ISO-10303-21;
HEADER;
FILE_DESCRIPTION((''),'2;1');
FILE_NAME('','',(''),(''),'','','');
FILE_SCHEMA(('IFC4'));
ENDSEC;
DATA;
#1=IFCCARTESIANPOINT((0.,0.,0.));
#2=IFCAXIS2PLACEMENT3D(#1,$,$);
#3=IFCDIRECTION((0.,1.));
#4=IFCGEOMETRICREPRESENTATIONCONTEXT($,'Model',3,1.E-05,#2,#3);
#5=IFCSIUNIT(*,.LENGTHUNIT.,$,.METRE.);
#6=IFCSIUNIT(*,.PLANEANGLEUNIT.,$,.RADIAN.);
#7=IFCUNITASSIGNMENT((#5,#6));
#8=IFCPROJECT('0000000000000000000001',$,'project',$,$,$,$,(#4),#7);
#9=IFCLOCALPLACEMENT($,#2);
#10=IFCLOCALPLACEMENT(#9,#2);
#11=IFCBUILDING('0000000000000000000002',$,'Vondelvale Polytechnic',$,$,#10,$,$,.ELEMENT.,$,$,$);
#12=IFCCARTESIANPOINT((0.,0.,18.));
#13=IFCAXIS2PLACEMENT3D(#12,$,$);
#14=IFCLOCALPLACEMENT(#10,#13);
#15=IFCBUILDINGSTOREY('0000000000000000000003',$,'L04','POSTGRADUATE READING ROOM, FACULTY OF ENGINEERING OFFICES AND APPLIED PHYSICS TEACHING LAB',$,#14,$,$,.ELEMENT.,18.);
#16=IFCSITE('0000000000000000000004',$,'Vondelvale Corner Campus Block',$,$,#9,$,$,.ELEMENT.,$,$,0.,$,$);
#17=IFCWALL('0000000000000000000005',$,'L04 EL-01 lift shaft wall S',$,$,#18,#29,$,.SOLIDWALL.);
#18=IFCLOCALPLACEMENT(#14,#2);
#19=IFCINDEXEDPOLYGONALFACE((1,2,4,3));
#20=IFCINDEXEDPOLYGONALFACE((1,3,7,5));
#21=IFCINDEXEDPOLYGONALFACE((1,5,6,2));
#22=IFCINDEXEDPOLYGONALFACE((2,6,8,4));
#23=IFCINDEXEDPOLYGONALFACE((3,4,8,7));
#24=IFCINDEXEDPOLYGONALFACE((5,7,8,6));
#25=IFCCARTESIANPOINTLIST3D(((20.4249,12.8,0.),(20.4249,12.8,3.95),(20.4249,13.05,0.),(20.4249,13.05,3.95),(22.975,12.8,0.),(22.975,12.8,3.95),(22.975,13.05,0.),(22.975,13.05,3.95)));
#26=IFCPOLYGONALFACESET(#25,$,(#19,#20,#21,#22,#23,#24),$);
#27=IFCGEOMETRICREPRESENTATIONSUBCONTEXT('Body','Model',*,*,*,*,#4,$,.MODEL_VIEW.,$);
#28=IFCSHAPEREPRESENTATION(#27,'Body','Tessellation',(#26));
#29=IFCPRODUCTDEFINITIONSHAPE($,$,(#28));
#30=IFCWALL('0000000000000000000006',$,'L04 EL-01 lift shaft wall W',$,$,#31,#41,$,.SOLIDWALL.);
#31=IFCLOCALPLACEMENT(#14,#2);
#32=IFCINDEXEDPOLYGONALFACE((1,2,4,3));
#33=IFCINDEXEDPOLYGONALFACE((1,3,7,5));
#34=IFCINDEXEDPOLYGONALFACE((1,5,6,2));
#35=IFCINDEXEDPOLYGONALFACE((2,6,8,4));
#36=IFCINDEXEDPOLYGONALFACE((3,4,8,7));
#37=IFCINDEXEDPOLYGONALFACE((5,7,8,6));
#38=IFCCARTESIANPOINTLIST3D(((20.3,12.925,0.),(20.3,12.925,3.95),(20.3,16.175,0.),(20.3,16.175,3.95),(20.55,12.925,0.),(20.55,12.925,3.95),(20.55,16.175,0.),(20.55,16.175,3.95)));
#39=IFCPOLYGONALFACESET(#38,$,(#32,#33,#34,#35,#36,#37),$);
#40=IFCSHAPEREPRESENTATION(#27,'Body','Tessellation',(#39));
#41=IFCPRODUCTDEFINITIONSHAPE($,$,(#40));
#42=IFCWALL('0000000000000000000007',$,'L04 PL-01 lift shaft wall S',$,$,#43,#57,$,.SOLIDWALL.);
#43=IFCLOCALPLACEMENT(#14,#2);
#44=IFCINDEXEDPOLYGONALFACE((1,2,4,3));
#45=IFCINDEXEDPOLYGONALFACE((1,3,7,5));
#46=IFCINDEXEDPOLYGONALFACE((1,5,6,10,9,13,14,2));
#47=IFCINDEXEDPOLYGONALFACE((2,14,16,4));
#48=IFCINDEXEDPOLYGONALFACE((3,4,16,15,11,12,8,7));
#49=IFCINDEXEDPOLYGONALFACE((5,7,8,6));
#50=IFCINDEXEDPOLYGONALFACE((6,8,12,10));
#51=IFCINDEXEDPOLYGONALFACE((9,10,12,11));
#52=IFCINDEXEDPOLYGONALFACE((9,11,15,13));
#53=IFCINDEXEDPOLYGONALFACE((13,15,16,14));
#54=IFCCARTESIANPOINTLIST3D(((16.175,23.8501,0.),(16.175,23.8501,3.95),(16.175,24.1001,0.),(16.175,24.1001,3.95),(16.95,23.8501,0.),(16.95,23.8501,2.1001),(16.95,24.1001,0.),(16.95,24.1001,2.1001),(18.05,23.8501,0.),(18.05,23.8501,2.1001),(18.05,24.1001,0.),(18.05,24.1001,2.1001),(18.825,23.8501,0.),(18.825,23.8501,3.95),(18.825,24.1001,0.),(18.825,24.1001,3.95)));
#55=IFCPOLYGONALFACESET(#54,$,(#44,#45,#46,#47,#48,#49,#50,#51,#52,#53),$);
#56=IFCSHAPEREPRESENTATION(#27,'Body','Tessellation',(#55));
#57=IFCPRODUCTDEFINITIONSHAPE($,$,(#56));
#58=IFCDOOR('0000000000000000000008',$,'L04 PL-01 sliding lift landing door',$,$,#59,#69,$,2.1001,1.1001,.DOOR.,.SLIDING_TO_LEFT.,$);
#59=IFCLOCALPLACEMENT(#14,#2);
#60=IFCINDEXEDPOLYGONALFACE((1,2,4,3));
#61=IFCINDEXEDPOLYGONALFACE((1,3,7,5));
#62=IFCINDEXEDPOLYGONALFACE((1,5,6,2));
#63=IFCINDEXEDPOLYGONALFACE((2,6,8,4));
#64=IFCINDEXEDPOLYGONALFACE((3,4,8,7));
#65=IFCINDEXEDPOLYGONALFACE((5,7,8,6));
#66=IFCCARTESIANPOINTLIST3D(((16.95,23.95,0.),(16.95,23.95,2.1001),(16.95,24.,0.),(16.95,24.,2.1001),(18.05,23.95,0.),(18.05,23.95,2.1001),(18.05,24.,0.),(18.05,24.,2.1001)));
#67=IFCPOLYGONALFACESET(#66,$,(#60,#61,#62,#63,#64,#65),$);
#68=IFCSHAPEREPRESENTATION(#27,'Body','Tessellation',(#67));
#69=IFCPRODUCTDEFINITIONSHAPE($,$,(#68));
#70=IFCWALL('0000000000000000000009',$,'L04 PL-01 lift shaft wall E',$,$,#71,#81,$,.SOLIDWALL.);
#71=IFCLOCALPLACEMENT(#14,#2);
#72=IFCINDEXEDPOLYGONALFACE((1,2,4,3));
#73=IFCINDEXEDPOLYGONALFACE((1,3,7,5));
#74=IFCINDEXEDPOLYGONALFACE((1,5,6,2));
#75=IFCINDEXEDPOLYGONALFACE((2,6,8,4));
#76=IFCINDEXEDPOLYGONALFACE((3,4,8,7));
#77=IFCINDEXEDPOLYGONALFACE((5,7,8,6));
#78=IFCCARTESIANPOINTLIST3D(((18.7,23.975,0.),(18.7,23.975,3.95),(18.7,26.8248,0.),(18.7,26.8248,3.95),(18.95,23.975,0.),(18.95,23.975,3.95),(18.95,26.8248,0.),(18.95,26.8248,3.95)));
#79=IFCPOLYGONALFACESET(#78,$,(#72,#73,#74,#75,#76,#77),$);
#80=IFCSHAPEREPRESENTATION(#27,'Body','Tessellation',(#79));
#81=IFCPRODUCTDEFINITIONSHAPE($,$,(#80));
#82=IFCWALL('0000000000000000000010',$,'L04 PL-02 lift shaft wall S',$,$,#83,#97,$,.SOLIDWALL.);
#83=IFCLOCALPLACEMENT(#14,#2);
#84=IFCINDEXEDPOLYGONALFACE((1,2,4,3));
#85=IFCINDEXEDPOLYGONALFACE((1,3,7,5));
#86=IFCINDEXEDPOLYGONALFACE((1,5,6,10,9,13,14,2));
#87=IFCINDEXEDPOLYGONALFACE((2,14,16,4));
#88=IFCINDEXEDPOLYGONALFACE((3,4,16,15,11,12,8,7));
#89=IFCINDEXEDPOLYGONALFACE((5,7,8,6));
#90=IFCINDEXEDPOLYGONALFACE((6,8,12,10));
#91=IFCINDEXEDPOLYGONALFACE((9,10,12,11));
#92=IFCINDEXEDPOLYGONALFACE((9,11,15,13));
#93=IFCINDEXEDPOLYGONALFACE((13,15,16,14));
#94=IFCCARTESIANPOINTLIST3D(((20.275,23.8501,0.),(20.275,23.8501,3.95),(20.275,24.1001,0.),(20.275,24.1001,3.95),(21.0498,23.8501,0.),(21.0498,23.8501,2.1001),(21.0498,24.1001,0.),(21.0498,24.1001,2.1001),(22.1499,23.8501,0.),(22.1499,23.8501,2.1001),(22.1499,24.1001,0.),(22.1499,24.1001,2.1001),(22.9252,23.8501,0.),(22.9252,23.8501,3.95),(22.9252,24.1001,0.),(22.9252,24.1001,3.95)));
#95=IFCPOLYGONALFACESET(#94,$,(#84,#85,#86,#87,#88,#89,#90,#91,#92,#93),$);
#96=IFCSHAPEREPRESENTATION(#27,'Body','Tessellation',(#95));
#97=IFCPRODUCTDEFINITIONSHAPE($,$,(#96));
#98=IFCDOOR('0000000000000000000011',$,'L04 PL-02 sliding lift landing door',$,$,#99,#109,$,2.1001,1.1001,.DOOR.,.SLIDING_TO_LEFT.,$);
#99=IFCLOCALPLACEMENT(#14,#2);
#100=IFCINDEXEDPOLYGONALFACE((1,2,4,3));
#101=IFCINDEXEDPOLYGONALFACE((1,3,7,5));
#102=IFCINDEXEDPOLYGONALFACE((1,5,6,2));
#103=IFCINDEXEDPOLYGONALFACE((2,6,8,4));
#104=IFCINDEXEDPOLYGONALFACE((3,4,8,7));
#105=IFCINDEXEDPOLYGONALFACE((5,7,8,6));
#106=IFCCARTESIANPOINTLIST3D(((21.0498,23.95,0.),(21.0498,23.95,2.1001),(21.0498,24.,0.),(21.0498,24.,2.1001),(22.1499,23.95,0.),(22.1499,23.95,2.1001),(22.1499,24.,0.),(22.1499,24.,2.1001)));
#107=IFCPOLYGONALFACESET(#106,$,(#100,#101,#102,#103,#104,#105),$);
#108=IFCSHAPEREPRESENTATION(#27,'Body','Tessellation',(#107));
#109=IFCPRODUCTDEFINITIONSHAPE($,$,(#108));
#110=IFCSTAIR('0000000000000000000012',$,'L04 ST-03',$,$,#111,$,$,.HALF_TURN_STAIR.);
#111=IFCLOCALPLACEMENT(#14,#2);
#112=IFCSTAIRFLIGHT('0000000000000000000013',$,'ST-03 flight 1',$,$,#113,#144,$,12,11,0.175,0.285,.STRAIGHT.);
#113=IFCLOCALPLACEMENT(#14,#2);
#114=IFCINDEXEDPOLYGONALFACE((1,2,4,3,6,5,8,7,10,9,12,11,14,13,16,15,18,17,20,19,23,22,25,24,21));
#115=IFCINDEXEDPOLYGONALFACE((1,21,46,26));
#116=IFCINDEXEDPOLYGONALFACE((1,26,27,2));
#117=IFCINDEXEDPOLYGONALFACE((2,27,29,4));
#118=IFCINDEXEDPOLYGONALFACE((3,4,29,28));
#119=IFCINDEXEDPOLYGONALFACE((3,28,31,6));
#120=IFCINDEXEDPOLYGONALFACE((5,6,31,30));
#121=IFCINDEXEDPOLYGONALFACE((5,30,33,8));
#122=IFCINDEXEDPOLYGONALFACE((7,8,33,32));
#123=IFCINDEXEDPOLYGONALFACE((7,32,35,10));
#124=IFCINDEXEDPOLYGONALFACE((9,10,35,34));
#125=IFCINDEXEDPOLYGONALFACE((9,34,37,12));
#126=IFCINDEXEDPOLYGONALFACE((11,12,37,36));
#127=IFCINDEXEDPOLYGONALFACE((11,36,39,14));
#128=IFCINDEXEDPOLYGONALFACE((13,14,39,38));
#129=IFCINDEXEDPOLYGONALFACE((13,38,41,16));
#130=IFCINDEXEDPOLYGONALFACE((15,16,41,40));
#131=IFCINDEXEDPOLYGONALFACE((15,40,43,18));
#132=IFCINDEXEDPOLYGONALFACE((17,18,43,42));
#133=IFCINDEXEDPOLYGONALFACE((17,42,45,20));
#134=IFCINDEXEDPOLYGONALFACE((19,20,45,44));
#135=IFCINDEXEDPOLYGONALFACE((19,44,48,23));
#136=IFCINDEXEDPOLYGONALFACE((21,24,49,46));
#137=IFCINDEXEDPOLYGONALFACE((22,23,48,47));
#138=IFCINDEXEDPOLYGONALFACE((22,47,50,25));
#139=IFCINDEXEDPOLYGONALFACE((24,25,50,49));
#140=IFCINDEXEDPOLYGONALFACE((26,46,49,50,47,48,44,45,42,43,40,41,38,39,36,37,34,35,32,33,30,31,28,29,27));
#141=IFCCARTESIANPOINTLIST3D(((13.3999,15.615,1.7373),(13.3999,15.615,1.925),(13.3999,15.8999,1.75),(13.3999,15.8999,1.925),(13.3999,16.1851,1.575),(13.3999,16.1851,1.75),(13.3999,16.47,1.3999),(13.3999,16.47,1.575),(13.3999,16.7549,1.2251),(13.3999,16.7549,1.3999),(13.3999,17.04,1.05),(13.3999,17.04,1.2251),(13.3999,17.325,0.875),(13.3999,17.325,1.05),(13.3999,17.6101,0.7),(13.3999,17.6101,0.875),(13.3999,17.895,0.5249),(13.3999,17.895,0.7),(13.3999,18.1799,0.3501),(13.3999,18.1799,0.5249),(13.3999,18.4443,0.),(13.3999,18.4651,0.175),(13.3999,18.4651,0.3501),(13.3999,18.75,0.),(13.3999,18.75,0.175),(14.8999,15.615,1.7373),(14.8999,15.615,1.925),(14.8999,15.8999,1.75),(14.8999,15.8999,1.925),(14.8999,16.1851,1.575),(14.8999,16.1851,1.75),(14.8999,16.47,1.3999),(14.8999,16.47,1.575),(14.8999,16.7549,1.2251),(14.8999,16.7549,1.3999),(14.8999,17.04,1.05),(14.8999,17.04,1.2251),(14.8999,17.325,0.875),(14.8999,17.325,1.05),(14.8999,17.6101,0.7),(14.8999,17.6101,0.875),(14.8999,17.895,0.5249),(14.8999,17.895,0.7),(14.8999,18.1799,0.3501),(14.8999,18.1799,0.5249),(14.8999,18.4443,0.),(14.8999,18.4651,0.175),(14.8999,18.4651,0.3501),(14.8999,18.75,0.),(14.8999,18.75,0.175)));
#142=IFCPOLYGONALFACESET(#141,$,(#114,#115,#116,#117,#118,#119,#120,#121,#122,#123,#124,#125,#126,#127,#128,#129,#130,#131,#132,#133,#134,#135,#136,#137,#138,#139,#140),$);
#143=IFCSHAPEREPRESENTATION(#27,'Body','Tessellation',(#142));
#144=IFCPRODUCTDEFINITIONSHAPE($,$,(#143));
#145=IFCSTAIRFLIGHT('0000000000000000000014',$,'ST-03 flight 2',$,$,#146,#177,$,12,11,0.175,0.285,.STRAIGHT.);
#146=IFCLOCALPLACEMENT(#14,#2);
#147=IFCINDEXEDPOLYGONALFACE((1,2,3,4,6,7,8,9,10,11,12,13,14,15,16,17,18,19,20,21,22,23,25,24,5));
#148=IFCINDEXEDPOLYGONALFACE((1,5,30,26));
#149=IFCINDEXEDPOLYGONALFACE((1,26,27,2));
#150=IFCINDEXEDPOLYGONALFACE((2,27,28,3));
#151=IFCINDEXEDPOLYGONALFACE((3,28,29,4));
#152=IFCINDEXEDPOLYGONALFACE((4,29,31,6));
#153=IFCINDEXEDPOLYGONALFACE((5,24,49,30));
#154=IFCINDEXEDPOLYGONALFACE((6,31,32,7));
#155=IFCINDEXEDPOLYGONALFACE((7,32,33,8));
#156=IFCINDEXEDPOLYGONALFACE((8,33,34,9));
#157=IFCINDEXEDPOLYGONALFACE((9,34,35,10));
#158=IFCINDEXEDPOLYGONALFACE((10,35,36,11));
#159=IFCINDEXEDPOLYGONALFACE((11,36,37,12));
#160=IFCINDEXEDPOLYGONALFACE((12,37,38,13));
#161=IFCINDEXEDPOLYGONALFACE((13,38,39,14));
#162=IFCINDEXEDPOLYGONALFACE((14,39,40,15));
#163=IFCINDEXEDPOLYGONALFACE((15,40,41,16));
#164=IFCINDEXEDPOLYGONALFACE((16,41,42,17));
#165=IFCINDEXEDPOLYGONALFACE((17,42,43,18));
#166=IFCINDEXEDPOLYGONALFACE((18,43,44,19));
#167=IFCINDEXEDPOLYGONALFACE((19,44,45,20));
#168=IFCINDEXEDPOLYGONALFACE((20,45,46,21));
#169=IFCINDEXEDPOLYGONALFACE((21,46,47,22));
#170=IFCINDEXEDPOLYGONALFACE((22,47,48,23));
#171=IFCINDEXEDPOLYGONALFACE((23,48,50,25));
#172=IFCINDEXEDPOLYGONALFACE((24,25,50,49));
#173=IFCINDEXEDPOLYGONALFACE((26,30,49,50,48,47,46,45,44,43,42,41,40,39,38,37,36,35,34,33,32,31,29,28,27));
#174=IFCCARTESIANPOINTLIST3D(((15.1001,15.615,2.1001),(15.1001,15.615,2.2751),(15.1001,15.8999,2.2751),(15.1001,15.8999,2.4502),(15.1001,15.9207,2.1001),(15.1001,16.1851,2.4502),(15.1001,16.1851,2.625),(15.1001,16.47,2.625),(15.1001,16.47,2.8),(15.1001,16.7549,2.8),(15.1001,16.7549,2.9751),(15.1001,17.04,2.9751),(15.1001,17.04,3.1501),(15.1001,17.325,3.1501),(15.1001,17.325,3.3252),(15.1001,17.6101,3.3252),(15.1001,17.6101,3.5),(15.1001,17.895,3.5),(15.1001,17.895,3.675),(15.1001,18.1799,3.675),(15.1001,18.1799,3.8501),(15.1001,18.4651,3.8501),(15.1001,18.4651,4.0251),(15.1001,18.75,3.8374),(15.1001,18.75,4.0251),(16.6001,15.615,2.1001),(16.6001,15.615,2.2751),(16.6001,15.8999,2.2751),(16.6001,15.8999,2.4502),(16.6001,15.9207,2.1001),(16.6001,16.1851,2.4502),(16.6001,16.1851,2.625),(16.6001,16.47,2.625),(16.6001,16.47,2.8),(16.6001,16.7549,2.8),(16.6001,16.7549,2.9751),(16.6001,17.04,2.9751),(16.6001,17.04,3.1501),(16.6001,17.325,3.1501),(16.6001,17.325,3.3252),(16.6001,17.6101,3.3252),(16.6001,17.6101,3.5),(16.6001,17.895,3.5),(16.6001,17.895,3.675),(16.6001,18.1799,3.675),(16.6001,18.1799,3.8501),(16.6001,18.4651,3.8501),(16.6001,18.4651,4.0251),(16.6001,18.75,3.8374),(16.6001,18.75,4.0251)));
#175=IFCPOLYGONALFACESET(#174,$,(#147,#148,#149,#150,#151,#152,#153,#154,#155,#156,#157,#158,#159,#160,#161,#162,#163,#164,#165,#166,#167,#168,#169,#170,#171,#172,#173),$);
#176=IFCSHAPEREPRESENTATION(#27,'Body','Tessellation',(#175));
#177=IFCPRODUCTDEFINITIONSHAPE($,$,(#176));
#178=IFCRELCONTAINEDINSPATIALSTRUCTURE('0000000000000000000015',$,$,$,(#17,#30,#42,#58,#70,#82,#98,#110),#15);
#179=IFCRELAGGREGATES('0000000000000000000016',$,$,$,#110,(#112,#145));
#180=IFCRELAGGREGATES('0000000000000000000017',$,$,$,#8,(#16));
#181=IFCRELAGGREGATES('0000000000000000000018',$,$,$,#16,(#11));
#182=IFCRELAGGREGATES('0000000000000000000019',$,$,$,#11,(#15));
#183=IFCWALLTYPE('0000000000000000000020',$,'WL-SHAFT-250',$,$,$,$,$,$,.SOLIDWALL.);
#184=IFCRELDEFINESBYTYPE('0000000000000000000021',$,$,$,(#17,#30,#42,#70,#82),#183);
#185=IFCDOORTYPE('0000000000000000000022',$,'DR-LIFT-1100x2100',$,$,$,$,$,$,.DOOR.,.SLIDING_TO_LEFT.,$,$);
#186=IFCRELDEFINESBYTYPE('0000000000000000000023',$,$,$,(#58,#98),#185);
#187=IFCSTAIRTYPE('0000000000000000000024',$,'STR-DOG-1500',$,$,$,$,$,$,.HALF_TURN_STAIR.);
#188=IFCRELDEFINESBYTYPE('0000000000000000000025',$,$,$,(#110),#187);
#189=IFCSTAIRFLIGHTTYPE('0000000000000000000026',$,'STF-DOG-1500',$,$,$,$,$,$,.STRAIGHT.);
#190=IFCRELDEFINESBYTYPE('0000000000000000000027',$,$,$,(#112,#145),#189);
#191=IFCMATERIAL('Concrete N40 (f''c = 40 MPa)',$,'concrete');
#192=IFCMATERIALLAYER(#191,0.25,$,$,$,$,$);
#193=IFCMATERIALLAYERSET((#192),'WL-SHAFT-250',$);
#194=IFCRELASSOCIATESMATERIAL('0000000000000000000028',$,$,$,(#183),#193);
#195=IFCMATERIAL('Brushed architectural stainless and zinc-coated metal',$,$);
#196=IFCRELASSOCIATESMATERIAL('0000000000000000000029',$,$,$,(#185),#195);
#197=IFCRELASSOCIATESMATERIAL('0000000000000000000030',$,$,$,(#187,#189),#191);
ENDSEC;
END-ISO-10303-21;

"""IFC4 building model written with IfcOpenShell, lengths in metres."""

from ifc_helpers import new_model, si_unit, direction, frame, frame_2d, origin, place, context, subcontext, project, spatial, polyline, rectangle, outline, extrude, material, layer, layer_set, type_object, element, fill, aggregate, save


model = new_model("IFC4")

# Units and contexts
model_context = context("Model", 3, precision=1e-05, world=origin(), true_north=direction((0.0, 1.0)))
body_context = subcontext(model_context, "Body", "Model", "MODEL_VIEW")
ifc_project = project(units=[si_unit("LENGTHUNIT", "METRE"), si_unit("PLANEANGLEUNIT", "RADIAN")], contexts=[model_context])

# Site, building, storey
site_placement = place(None, origin())
site = spatial("IfcSite", under=ifc_project, at=site_placement, Name="Vondelvale Corner Campus Block", CompositionType="ELEMENT", RefElevation=0.0)
building_placement = place(site_placement, origin())
building = spatial("IfcBuilding", under=site, at=building_placement, Name="Vondelvale Polytechnic", CompositionType="ELEMENT")
storey_placement = place(building_placement, frame((0.0, 0.0, 18.0)))
storey = spatial("IfcBuildingStorey", under=building, at=storey_placement, Name="L04", Description="POSTGRADUATE READING ROOM, FACULTY OF ENGINEERING OFFICES AND APPLIED PHYSICS TEACHING LAB", CompositionType="ELEMENT", Elevation=18.0)

# Shared definitions
ifc_material_1 = material(Name="Concrete N40 (f'c = 40 MPa)", Category="concrete")

# Shared definitions
ifc_material_2 = material(Name="Brushed architectural stainless and zinc-coated metal")

# Walls
ifc_layer_1 = layer(ifc_material_1, 0.25)
ifc_layer_set_1 = layer_set([ifc_layer_1], Name="WL-SHAFT-250")
wall_type_1 = type_object("IfcWallType", Name="WL-SHAFT-250", PredefinedType="SOLIDWALL", material=ifc_layer_set_1)
wall_1_placement = place(storey_placement, frame((20.425, 12.925, 0.0), z_axis=(0.0, 0.0, 1.0), x_axis=(1.0, 0.0, 0.0)))
element("IfcWall", 1, at=wall_1_placement, inside=storey, type_object=wall_type_1, Name="L04 EL-01 lift shaft wall S", PredefinedType="SOLIDWALL", context=body_context, shape_type="SweptSolid", body=[
    extrude(rectangle(XDim=2.55, YDim=0.25, at=frame_2d((1.2749, 0.0))), origin(), (0.0, 0.0, 1.0), 3.95),
])
wall_2_placement = place(storey_placement, frame((20.425, 16.175, 0.0), z_axis=(0.0, 0.0, 1.0), x_axis=(0.0, -1.0, 0.0)))
element("IfcWall", 2, at=wall_2_placement, inside=storey, type_object=wall_type_1, Name="L04 EL-01 lift shaft wall W", PredefinedType="SOLIDWALL", context=body_context, shape_type="SweptSolid", body=[
    extrude(rectangle(XDim=3.25, YDim=0.25, at=frame_2d((1.625, 0.0))), origin(), (0.0, 0.0, 1.0), 3.95),
])

# Wall, opening, door
wall_3_placement = place(storey_placement, frame((16.175, 23.9751, 0.0), z_axis=(0.0, 0.0, 1.0), x_axis=(1.0, 0.0, 0.0)))
wall_3 = element("IfcWall", 3, at=wall_3_placement, inside=storey, type_object=wall_type_1, Name="L04 PL-01 lift shaft wall S", PredefinedType="SOLIDWALL", context=body_context, shape_type="SweptSolid", body=[
    extrude(rectangle(XDim=2.6499, YDim=0.25, at=frame_2d((1.325, 0.0))), origin(), (0.0, 0.0, 1.0), 3.95),
])
opening_1_placement = place(wall_3_placement, frame((0.7749, 0.0, 0.0)))
opening_1 = element("IfcOpeningElement", 4, at=opening_1_placement, cuts=wall_3, PredefinedType="OPENING", context=body_context, shape_type="SweptSolid", body=[
    extrude(rectangle(XDim=1.1001, YDim=2.1001, at=frame_2d((0.55, 1.05))), frame((0.0, 0.135, 0.0), z_axis=(0.0, -1.0, 0.0), x_axis=(1.0, 0.0, 0.0)), (0.0, 0.0, 1.0), 0.27),
])
door_type_1 = type_object("IfcDoorType", Name="DR-LIFT-1100x2100", OperationType="SLIDING_TO_LEFT", PredefinedType="DOOR", material=ifc_material_2)
door_1_placement = place(opening_1_placement, origin())
door_1 = element("IfcDoor", 5, at=door_1_placement, inside=storey, type_object=door_type_1, Name="L04 PL-01 sliding lift landing door", OperationType="SLIDING_TO_LEFT", OverallHeight=2.1001, OverallWidth=1.1001, PredefinedType="DOOR", context=body_context, shape_type="SweptSolid", body=[
    extrude(rectangle(XDim=1.1001, YDim=2.1001, at=frame_2d((0.55, 1.05))), frame((0.0, 0.0249, 0.0), z_axis=(0.0, -1.0, 0.0), x_axis=(1.0, 0.0, 0.0)), (0.0, 0.0, 1.0), 0.05),
])
fill(opening_1, door_1)

# Wall
wall_4_placement = place(storey_placement, frame((18.825, 23.9751, 0.0), z_axis=(0.0, 0.0, 1.0), x_axis=(0.0, 1.0, 0.0)))
element("IfcWall", 6, at=wall_4_placement, inside=storey, type_object=wall_type_1, Name="L04 PL-01 lift shaft wall E", PredefinedType="SOLIDWALL", context=body_context, shape_type="SweptSolid", body=[
    extrude(rectangle(XDim=2.8499, YDim=0.25, at=frame_2d((1.4248, 0.0))), origin(), (0.0, 0.0, 1.0), 3.95),
])

# Wall, opening, door
wall_5_placement = place(storey_placement, frame((20.2749, 23.9751, 0.0), z_axis=(0.0, 0.0, 1.0), x_axis=(1.0, 0.0, 0.0)))
wall_5 = element("IfcWall", 7, at=wall_5_placement, inside=storey, type_object=wall_type_1, Name="L04 PL-02 lift shaft wall S", PredefinedType="SOLIDWALL", context=body_context, shape_type="SweptSolid", body=[
    extrude(rectangle(XDim=2.6501, YDim=0.25, at=frame_2d((1.3252, 0.0))), origin(), (0.0, 0.0, 1.0), 3.95),
])
opening_2_placement = place(wall_5_placement, frame((0.7749, 0.0, 0.0)))
opening_2 = element("IfcOpeningElement", 8, at=opening_2_placement, cuts=wall_5, PredefinedType="OPENING", context=body_context, shape_type="SweptSolid", body=[
    extrude(rectangle(XDim=1.1001, YDim=2.1001, at=frame_2d((0.55, 1.05))), frame((0.0, 0.135, 0.0), z_axis=(0.0, -1.0, 0.0), x_axis=(1.0, 0.0, 0.0)), (0.0, 0.0, 1.0), 0.27),
])
door_2_placement = place(opening_2_placement, origin())
door_2 = element("IfcDoor", 9, at=door_2_placement, inside=storey, type_object=door_type_1, Name="L04 PL-02 sliding lift landing door", OperationType="SLIDING_TO_LEFT", OverallHeight=2.1001, OverallWidth=1.1001, PredefinedType="DOOR", context=body_context, shape_type="SweptSolid", body=[
    extrude(rectangle(XDim=1.1001, YDim=2.1001, at=frame_2d((0.55, 1.05))), frame((0.0, 0.0249, 0.0), z_axis=(0.0, -1.0, 0.0), x_axis=(1.0, 0.0, 0.0)), (0.0, 0.0, 1.0), 0.05),
])
fill(opening_2, door_2)

# Stair, stair flights
stair_type = type_object("IfcStairType", Name="STR-DOG-1500", PredefinedType="HALF_TURN_STAIR", material=ifc_material_1)
stair_placement = place(storey_placement, origin())
stair = element("IfcStair", 10, at=stair_placement, inside=storey, type_object=stair_type, Name="L04 ST-03", PredefinedType="HALF_TURN_STAIR")
stair_flight_type = type_object("IfcStairFlightType", Name="STF-DOG-1500", PredefinedType="STRAIGHT", material=ifc_material_1)
stair_flight_1_placement = place(storey_placement, frame((14.1499, 18.75, 0.0), z_axis=(0.0, 0.0, 1.0), x_axis=(0.0, -1.0, 0.0)))
stair_flight_1 = element("IfcStairFlight", 11, at=stair_flight_1_placement, type_object=stair_flight_type, Name="ST-03 flight 1", NumberOfRisers=12, NumberOfTreads=11, PredefinedType="STRAIGHT", RiserHeight=0.175, TreadLength=0.285, context=body_context, shape_type="SweptSolid", body=[
    extrude(outline(polyline([(0.0, 0.0), (0.0, 0.175), (0.2849, 0.175), (0.2849, 0.3501), (0.5701, 0.3501), (0.5701, 0.5249), (0.855, 0.5249), (0.855, 0.7), (1.1399, 0.7), (1.1399, 0.875), (1.425, 0.875), (1.425, 1.05), (1.71, 1.05), (1.71, 1.2251), (1.9951, 1.2251), (1.9951, 1.3999), (2.28, 1.3999), (2.28, 1.575), (2.5649, 1.575), (2.5649, 1.75), (2.8501, 1.75), (2.8501, 1.925), (3.135, 1.925), (3.135, 2.1001), (3.135, 1.7373), (0.3057, 0.0), (0.0, 0.0)])), frame((0.0, 0.75, 0.0), z_axis=(0.0, -1.0, 0.0), x_axis=(1.0, 0.0, 0.0)), (0.0, 0.0, 1.0), 1.5),
])
stair_flight_2_placement = place(storey_placement, frame((15.8501, 15.615, 2.1001), z_axis=(0.0, 0.0, 1.0), x_axis=(0.0, 1.0, 0.0)))
stair_flight_2 = element("IfcStairFlight", 12, at=stair_flight_2_placement, type_object=stair_flight_type, Name="ST-03 flight 2", NumberOfRisers=12, NumberOfTreads=11, PredefinedType="STRAIGHT", RiserHeight=0.175, TreadLength=0.285, context=body_context, shape_type="SweptSolid", body=[
    extrude(outline(polyline([(0.0, 0.0), (0.0, 0.175), (0.2849, 0.175), (0.2849, 0.3501), (0.5701, 0.3501), (0.5701, 0.5249), (0.855, 0.5249), (0.855, 0.7), (1.1399, 0.7), (1.1399, 0.875), (1.425, 0.875), (1.425, 1.05), (1.71, 1.05), (1.71, 1.2251), (1.9951, 1.2251), (1.9951, 1.3999), (2.28, 1.3999), (2.28, 1.575), (2.5649, 1.575), (2.5649, 1.75), (2.8501, 1.75), (2.8501, 1.925), (3.135, 1.925), (3.135, 2.1001), (3.135, 1.7373), (0.3057, 0.0), (0.0, 0.0)])), frame((0.0, 0.75, 0.0), z_axis=(0.0, -1.0, 0.0), x_axis=(1.0, 0.0, 0.0)), (0.0, 0.0, 1.0), 1.5),
])
aggregate(stair, [stair_flight_1, stair_flight_2])

save(model, "model.ifc")
